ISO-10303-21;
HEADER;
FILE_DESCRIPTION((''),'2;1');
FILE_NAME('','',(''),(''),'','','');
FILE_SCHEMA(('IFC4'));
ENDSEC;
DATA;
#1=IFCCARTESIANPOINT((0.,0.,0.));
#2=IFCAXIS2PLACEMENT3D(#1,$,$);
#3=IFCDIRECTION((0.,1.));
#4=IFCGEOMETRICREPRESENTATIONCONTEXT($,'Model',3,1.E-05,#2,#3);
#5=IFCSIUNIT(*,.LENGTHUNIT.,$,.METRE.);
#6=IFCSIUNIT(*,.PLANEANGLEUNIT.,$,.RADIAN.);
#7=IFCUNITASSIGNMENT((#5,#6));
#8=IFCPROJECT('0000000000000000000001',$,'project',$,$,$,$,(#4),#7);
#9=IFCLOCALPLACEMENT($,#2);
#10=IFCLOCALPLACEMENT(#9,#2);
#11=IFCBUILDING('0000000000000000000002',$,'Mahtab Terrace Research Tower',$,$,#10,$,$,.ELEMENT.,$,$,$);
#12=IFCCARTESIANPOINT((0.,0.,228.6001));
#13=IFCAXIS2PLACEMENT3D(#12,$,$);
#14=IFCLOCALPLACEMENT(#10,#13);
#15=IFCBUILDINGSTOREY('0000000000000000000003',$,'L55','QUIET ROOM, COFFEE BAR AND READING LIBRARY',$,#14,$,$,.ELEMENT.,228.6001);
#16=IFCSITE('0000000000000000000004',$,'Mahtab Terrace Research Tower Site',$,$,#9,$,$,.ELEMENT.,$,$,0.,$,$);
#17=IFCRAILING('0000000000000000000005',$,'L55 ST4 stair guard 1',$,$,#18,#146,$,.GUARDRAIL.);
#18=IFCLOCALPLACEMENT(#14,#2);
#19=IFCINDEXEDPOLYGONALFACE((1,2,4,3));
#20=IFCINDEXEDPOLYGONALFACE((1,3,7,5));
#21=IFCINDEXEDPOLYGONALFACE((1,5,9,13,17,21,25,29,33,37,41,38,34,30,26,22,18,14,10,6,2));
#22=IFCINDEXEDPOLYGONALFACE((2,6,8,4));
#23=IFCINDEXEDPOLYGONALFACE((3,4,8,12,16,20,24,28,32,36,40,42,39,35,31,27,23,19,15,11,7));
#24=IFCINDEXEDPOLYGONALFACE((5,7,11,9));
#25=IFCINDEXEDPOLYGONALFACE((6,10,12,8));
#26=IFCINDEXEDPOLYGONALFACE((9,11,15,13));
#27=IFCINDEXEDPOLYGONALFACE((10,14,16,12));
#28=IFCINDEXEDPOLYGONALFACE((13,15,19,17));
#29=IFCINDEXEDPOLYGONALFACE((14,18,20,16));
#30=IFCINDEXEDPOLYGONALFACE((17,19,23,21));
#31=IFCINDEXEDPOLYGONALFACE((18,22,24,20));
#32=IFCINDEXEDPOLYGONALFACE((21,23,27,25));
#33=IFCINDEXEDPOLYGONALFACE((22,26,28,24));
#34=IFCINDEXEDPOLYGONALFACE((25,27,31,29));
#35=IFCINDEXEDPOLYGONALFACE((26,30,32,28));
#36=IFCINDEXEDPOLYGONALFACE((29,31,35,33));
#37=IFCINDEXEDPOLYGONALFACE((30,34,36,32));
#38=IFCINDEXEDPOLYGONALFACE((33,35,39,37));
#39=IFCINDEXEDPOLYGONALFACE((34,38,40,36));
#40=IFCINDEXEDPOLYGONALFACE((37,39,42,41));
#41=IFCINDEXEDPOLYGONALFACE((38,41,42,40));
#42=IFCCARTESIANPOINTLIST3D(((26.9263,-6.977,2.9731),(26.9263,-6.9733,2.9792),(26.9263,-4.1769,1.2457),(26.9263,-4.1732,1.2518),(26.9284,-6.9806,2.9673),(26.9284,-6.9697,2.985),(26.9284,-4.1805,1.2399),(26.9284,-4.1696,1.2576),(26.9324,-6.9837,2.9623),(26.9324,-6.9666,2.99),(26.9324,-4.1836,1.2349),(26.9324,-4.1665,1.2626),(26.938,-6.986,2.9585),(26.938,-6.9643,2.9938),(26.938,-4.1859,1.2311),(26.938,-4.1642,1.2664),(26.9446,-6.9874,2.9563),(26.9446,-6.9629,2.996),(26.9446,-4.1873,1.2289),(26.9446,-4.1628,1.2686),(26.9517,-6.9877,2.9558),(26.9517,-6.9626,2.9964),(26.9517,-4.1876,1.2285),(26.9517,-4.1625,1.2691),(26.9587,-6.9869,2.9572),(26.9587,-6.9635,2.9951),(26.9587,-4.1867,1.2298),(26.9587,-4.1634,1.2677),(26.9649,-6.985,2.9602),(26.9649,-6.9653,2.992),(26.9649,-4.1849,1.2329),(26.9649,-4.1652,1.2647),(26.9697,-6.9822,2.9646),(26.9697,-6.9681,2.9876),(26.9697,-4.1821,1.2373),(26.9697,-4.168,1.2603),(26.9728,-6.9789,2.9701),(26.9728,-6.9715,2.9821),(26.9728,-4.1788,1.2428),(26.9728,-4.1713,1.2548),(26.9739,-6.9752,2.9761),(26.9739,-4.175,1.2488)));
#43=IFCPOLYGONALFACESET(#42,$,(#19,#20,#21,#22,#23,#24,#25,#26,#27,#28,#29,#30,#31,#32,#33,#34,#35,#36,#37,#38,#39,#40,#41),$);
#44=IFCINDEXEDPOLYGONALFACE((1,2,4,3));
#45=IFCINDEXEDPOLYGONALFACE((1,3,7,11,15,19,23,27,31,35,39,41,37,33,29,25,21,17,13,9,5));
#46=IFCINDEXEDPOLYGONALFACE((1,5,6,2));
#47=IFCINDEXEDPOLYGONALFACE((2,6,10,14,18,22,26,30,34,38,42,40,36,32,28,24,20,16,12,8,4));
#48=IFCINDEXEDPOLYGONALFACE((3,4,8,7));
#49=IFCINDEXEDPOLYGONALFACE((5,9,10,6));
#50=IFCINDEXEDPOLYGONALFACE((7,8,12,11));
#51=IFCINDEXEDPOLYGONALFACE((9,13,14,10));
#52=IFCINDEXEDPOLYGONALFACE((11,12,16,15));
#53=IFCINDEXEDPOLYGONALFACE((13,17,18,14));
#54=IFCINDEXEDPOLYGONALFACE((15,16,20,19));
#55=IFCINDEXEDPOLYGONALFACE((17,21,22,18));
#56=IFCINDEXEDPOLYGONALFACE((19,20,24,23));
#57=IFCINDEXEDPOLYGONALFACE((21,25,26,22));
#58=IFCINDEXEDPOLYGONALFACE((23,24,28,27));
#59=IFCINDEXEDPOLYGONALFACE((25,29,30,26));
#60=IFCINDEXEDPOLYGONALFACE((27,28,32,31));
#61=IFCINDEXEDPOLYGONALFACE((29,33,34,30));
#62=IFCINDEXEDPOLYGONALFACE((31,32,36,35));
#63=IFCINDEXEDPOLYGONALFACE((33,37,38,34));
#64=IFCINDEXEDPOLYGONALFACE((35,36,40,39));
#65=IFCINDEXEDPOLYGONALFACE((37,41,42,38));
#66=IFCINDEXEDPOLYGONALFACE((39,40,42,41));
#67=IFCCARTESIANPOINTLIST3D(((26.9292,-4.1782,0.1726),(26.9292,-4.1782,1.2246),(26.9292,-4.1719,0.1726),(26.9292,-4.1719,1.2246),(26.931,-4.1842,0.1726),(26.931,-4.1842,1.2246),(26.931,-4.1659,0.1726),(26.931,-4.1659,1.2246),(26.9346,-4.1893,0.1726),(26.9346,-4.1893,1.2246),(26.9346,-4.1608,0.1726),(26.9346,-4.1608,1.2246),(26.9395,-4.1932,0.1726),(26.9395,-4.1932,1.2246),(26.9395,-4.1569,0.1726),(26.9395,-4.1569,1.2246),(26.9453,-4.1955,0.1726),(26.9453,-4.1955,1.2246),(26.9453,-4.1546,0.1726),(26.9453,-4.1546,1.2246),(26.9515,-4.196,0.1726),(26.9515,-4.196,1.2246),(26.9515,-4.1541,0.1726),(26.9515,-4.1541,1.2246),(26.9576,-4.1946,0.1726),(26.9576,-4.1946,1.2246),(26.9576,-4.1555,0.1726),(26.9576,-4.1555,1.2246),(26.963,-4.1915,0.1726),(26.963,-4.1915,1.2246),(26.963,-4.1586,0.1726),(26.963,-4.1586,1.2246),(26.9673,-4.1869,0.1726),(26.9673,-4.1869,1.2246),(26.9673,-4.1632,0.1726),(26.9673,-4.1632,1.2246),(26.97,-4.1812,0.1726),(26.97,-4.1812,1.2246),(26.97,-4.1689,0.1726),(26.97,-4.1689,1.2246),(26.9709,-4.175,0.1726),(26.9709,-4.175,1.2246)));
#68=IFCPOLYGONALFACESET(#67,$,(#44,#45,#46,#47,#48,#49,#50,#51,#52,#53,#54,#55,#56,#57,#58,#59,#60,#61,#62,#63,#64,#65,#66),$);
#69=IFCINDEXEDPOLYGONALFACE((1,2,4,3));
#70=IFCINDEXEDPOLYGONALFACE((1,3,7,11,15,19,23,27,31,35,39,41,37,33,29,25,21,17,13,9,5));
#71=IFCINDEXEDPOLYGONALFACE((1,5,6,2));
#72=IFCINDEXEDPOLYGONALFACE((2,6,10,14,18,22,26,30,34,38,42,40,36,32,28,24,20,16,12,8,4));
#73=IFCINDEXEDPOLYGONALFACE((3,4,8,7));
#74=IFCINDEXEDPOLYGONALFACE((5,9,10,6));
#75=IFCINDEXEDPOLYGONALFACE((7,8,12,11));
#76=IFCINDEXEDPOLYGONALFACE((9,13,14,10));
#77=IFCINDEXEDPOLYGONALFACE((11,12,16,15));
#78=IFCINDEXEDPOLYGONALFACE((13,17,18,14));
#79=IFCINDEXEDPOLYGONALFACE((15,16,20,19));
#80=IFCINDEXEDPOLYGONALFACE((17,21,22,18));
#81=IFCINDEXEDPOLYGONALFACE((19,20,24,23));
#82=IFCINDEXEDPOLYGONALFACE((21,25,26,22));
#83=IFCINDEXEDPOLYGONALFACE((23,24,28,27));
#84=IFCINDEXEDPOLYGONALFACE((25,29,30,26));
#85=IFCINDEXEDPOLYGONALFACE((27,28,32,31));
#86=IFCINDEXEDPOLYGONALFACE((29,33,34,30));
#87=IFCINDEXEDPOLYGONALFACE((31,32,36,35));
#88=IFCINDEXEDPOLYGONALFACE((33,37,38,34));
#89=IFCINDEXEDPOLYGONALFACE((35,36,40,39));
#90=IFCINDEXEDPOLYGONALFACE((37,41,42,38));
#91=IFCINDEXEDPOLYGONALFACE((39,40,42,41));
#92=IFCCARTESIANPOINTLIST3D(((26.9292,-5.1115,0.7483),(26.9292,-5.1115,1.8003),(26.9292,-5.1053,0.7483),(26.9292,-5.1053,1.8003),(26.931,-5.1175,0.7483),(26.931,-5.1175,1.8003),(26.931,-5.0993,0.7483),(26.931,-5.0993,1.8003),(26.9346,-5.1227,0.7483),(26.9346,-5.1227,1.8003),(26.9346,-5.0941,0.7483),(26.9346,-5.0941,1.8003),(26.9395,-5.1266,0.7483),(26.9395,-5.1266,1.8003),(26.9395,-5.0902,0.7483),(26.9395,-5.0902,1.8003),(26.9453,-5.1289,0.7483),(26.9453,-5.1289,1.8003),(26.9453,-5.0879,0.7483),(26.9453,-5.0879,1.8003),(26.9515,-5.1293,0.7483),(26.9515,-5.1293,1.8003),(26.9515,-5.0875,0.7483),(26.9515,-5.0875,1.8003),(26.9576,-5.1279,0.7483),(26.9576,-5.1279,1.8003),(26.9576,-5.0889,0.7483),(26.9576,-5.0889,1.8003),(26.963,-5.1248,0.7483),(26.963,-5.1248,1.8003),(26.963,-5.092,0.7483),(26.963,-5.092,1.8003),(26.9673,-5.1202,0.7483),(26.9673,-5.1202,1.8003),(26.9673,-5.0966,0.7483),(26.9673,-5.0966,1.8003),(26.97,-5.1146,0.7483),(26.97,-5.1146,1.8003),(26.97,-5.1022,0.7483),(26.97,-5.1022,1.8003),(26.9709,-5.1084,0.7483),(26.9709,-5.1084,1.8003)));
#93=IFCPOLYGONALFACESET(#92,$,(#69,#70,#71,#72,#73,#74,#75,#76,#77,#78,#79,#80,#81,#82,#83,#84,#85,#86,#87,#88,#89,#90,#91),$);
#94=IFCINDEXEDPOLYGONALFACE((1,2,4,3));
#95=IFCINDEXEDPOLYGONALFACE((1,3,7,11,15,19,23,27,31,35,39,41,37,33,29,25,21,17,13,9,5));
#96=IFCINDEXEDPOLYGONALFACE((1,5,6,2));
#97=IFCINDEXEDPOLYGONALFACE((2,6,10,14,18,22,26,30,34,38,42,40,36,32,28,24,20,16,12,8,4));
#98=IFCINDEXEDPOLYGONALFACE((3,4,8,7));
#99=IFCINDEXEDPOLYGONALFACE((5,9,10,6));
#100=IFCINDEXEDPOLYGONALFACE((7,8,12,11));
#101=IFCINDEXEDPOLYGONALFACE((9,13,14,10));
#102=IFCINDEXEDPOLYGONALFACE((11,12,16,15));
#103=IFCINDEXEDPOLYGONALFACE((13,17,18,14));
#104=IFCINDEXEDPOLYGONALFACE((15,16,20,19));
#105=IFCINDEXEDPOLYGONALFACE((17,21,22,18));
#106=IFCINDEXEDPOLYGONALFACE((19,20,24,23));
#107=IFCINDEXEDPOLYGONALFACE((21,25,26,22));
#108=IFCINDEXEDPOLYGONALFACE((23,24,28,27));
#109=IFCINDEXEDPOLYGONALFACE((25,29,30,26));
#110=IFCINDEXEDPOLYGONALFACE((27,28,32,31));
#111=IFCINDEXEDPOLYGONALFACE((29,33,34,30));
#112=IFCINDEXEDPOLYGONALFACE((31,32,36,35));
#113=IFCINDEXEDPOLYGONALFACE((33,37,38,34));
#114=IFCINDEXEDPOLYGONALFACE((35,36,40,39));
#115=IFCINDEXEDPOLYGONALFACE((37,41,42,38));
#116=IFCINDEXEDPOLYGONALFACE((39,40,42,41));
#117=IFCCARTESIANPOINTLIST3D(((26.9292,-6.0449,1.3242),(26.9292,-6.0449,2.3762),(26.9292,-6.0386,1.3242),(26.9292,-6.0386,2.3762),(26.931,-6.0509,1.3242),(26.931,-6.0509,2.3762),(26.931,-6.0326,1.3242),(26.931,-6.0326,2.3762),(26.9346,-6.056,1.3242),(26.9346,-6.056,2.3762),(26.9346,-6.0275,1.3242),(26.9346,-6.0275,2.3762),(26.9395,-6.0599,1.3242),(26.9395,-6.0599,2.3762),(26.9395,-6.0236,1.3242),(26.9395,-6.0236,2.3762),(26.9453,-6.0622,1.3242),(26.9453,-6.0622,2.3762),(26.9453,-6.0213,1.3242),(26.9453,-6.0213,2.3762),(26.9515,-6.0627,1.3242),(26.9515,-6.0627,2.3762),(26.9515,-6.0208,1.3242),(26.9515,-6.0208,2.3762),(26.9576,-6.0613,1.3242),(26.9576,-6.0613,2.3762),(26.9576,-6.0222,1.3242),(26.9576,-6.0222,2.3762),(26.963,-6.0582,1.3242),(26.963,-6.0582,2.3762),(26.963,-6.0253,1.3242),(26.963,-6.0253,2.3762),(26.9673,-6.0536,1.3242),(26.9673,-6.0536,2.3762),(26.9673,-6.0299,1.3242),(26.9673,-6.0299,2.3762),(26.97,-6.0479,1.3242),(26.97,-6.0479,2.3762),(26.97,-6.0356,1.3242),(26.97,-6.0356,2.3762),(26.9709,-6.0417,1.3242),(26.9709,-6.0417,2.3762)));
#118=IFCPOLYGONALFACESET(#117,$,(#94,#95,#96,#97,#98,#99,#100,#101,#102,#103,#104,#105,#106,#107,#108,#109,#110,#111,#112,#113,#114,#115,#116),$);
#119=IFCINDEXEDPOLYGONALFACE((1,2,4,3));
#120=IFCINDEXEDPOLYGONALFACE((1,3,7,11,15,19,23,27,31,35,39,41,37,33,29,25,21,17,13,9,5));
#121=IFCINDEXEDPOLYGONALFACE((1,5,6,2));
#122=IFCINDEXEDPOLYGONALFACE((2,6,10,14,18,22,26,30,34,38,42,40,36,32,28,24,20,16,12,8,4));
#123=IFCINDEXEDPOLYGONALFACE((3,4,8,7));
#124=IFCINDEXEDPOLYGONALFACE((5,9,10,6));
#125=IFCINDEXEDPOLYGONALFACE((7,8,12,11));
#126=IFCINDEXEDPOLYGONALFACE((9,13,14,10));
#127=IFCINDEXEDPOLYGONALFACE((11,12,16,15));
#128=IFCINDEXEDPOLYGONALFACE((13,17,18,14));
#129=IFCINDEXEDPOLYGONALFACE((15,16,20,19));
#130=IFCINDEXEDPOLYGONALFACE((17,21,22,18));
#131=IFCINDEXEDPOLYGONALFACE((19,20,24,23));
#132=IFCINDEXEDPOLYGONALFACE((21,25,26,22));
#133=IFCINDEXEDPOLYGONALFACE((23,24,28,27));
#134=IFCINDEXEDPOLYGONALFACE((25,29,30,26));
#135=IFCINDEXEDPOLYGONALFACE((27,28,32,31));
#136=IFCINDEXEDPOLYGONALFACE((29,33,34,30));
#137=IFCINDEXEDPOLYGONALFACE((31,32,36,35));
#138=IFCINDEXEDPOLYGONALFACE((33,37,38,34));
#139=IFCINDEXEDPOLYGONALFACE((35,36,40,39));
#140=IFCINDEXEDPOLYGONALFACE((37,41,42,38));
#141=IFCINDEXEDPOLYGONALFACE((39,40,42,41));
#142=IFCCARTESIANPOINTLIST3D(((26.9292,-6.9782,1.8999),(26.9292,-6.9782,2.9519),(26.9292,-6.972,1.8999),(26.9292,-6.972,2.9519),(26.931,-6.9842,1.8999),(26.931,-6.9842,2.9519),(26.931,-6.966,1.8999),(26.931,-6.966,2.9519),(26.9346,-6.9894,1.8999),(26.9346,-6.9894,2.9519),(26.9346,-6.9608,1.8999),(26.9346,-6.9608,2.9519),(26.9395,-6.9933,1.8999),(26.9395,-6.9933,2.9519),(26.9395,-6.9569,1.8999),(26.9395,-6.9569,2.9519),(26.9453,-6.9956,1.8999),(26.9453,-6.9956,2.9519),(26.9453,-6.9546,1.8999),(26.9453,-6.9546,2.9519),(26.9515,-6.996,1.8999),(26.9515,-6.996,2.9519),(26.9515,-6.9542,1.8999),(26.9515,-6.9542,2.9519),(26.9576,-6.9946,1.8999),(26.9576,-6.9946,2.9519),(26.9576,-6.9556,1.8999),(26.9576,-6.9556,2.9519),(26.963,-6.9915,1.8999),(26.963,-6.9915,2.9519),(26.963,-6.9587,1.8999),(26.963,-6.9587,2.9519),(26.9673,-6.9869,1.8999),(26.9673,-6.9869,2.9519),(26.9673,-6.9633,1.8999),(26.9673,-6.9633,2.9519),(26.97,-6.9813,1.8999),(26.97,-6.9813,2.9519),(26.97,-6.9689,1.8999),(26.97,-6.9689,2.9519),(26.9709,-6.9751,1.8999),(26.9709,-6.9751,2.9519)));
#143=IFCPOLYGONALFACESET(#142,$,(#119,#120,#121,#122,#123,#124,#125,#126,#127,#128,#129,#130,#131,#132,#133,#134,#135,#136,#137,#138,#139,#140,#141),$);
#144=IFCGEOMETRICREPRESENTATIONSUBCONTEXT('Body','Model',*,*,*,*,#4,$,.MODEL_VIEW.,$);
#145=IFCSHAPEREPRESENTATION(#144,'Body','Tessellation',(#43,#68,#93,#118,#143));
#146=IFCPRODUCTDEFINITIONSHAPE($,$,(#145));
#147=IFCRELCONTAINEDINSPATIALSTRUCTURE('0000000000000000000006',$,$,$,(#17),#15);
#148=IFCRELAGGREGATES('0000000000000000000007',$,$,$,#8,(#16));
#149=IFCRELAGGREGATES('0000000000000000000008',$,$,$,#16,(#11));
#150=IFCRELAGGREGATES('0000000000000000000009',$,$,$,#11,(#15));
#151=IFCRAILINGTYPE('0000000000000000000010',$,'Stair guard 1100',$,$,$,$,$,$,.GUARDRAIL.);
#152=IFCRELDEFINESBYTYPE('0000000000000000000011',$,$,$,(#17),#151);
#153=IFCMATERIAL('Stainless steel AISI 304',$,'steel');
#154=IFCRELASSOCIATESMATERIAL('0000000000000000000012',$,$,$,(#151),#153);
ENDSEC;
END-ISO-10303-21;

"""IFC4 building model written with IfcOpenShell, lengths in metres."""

from ifc_helpers import new_model, si_unit, direction, frame, origin, origin_2d, place, context, subcontext, project, spatial, circle, extrude, material, type_object, element, save


model = new_model("IFC4")

# Units and contexts
model_context = context("Model", 3, precision=1e-05, world=origin(), true_north=direction((0.0, 1.0)))
body_context = subcontext(model_context, "Body", "Model", "MODEL_VIEW")
ifc_project = project(units=[si_unit("LENGTHUNIT", "METRE"), si_unit("PLANEANGLEUNIT", "RADIAN")], contexts=[model_context])

# Site, building, storey
site_placement = place(None, origin())
site = spatial("IfcSite", under=ifc_project, at=site_placement, Name="Mahtab Terrace Research Tower Site", CompositionType="ELEMENT", RefElevation=0.0)
building_placement = place(site_placement, origin())
building = spatial("IfcBuilding", under=site, at=building_placement, Name="Mahtab Terrace Research Tower", CompositionType="ELEMENT")
storey_placement = place(building_placement, frame((0.0, 0.0, 228.6001)))
storey = spatial("IfcBuildingStorey", under=building, at=storey_placement, Name="L55", Description="QUIET ROOM, COFFEE BAR AND READING LIBRARY", CompositionType="ELEMENT", Elevation=228.6001)

# Railing
ifc_material_1 = material(Name="Stainless steel AISI 304", Category="steel")
railing_type_1 = type_object("IfcRailingType", Name="Stair guard 1100", PredefinedType="GUARDRAIL", material=ifc_material_1)
railing_1_placement = place(storey_placement, frame((26.95, -4.175, 0.1726)))
element("IfcRailing", 1, at=railing_1_placement, inside=storey, type_object=railing_type_1, Name="L55 ST4 stair guard 1", PredefinedType="GUARDRAIL", context=body_context, shape_type="SweptSolid", body=[
    extrude(circle(Radius=0.0239, at=origin_2d()), frame((0.0, 0.0, 1.0762), z_axis=(0.0, -0.85109, 0.52502), x_axis=(1.0, 0.0, 0.0)), (0.0, 0.0, 1.0), 3.29),
    extrude(circle(Radius=0.021, at=origin_2d()), origin(), (0.0, 0.0, 1.0), 1.052),
    extrude(circle(Radius=0.021, at=origin_2d()), frame((0.0, -0.9333, 0.5757)), (0.0, 0.0, 1.0), 1.052),
    extrude(circle(Radius=0.021, at=origin_2d()), frame((0.0, -1.8667, 1.1516)), (0.0, 0.0, 1.0), 1.052),
    extrude(circle(Radius=0.021, at=origin_2d()), frame((0.0, -2.8, 1.7273)), (0.0, 0.0, 1.0), 1.052),
])

save(model, "model.ifc")
